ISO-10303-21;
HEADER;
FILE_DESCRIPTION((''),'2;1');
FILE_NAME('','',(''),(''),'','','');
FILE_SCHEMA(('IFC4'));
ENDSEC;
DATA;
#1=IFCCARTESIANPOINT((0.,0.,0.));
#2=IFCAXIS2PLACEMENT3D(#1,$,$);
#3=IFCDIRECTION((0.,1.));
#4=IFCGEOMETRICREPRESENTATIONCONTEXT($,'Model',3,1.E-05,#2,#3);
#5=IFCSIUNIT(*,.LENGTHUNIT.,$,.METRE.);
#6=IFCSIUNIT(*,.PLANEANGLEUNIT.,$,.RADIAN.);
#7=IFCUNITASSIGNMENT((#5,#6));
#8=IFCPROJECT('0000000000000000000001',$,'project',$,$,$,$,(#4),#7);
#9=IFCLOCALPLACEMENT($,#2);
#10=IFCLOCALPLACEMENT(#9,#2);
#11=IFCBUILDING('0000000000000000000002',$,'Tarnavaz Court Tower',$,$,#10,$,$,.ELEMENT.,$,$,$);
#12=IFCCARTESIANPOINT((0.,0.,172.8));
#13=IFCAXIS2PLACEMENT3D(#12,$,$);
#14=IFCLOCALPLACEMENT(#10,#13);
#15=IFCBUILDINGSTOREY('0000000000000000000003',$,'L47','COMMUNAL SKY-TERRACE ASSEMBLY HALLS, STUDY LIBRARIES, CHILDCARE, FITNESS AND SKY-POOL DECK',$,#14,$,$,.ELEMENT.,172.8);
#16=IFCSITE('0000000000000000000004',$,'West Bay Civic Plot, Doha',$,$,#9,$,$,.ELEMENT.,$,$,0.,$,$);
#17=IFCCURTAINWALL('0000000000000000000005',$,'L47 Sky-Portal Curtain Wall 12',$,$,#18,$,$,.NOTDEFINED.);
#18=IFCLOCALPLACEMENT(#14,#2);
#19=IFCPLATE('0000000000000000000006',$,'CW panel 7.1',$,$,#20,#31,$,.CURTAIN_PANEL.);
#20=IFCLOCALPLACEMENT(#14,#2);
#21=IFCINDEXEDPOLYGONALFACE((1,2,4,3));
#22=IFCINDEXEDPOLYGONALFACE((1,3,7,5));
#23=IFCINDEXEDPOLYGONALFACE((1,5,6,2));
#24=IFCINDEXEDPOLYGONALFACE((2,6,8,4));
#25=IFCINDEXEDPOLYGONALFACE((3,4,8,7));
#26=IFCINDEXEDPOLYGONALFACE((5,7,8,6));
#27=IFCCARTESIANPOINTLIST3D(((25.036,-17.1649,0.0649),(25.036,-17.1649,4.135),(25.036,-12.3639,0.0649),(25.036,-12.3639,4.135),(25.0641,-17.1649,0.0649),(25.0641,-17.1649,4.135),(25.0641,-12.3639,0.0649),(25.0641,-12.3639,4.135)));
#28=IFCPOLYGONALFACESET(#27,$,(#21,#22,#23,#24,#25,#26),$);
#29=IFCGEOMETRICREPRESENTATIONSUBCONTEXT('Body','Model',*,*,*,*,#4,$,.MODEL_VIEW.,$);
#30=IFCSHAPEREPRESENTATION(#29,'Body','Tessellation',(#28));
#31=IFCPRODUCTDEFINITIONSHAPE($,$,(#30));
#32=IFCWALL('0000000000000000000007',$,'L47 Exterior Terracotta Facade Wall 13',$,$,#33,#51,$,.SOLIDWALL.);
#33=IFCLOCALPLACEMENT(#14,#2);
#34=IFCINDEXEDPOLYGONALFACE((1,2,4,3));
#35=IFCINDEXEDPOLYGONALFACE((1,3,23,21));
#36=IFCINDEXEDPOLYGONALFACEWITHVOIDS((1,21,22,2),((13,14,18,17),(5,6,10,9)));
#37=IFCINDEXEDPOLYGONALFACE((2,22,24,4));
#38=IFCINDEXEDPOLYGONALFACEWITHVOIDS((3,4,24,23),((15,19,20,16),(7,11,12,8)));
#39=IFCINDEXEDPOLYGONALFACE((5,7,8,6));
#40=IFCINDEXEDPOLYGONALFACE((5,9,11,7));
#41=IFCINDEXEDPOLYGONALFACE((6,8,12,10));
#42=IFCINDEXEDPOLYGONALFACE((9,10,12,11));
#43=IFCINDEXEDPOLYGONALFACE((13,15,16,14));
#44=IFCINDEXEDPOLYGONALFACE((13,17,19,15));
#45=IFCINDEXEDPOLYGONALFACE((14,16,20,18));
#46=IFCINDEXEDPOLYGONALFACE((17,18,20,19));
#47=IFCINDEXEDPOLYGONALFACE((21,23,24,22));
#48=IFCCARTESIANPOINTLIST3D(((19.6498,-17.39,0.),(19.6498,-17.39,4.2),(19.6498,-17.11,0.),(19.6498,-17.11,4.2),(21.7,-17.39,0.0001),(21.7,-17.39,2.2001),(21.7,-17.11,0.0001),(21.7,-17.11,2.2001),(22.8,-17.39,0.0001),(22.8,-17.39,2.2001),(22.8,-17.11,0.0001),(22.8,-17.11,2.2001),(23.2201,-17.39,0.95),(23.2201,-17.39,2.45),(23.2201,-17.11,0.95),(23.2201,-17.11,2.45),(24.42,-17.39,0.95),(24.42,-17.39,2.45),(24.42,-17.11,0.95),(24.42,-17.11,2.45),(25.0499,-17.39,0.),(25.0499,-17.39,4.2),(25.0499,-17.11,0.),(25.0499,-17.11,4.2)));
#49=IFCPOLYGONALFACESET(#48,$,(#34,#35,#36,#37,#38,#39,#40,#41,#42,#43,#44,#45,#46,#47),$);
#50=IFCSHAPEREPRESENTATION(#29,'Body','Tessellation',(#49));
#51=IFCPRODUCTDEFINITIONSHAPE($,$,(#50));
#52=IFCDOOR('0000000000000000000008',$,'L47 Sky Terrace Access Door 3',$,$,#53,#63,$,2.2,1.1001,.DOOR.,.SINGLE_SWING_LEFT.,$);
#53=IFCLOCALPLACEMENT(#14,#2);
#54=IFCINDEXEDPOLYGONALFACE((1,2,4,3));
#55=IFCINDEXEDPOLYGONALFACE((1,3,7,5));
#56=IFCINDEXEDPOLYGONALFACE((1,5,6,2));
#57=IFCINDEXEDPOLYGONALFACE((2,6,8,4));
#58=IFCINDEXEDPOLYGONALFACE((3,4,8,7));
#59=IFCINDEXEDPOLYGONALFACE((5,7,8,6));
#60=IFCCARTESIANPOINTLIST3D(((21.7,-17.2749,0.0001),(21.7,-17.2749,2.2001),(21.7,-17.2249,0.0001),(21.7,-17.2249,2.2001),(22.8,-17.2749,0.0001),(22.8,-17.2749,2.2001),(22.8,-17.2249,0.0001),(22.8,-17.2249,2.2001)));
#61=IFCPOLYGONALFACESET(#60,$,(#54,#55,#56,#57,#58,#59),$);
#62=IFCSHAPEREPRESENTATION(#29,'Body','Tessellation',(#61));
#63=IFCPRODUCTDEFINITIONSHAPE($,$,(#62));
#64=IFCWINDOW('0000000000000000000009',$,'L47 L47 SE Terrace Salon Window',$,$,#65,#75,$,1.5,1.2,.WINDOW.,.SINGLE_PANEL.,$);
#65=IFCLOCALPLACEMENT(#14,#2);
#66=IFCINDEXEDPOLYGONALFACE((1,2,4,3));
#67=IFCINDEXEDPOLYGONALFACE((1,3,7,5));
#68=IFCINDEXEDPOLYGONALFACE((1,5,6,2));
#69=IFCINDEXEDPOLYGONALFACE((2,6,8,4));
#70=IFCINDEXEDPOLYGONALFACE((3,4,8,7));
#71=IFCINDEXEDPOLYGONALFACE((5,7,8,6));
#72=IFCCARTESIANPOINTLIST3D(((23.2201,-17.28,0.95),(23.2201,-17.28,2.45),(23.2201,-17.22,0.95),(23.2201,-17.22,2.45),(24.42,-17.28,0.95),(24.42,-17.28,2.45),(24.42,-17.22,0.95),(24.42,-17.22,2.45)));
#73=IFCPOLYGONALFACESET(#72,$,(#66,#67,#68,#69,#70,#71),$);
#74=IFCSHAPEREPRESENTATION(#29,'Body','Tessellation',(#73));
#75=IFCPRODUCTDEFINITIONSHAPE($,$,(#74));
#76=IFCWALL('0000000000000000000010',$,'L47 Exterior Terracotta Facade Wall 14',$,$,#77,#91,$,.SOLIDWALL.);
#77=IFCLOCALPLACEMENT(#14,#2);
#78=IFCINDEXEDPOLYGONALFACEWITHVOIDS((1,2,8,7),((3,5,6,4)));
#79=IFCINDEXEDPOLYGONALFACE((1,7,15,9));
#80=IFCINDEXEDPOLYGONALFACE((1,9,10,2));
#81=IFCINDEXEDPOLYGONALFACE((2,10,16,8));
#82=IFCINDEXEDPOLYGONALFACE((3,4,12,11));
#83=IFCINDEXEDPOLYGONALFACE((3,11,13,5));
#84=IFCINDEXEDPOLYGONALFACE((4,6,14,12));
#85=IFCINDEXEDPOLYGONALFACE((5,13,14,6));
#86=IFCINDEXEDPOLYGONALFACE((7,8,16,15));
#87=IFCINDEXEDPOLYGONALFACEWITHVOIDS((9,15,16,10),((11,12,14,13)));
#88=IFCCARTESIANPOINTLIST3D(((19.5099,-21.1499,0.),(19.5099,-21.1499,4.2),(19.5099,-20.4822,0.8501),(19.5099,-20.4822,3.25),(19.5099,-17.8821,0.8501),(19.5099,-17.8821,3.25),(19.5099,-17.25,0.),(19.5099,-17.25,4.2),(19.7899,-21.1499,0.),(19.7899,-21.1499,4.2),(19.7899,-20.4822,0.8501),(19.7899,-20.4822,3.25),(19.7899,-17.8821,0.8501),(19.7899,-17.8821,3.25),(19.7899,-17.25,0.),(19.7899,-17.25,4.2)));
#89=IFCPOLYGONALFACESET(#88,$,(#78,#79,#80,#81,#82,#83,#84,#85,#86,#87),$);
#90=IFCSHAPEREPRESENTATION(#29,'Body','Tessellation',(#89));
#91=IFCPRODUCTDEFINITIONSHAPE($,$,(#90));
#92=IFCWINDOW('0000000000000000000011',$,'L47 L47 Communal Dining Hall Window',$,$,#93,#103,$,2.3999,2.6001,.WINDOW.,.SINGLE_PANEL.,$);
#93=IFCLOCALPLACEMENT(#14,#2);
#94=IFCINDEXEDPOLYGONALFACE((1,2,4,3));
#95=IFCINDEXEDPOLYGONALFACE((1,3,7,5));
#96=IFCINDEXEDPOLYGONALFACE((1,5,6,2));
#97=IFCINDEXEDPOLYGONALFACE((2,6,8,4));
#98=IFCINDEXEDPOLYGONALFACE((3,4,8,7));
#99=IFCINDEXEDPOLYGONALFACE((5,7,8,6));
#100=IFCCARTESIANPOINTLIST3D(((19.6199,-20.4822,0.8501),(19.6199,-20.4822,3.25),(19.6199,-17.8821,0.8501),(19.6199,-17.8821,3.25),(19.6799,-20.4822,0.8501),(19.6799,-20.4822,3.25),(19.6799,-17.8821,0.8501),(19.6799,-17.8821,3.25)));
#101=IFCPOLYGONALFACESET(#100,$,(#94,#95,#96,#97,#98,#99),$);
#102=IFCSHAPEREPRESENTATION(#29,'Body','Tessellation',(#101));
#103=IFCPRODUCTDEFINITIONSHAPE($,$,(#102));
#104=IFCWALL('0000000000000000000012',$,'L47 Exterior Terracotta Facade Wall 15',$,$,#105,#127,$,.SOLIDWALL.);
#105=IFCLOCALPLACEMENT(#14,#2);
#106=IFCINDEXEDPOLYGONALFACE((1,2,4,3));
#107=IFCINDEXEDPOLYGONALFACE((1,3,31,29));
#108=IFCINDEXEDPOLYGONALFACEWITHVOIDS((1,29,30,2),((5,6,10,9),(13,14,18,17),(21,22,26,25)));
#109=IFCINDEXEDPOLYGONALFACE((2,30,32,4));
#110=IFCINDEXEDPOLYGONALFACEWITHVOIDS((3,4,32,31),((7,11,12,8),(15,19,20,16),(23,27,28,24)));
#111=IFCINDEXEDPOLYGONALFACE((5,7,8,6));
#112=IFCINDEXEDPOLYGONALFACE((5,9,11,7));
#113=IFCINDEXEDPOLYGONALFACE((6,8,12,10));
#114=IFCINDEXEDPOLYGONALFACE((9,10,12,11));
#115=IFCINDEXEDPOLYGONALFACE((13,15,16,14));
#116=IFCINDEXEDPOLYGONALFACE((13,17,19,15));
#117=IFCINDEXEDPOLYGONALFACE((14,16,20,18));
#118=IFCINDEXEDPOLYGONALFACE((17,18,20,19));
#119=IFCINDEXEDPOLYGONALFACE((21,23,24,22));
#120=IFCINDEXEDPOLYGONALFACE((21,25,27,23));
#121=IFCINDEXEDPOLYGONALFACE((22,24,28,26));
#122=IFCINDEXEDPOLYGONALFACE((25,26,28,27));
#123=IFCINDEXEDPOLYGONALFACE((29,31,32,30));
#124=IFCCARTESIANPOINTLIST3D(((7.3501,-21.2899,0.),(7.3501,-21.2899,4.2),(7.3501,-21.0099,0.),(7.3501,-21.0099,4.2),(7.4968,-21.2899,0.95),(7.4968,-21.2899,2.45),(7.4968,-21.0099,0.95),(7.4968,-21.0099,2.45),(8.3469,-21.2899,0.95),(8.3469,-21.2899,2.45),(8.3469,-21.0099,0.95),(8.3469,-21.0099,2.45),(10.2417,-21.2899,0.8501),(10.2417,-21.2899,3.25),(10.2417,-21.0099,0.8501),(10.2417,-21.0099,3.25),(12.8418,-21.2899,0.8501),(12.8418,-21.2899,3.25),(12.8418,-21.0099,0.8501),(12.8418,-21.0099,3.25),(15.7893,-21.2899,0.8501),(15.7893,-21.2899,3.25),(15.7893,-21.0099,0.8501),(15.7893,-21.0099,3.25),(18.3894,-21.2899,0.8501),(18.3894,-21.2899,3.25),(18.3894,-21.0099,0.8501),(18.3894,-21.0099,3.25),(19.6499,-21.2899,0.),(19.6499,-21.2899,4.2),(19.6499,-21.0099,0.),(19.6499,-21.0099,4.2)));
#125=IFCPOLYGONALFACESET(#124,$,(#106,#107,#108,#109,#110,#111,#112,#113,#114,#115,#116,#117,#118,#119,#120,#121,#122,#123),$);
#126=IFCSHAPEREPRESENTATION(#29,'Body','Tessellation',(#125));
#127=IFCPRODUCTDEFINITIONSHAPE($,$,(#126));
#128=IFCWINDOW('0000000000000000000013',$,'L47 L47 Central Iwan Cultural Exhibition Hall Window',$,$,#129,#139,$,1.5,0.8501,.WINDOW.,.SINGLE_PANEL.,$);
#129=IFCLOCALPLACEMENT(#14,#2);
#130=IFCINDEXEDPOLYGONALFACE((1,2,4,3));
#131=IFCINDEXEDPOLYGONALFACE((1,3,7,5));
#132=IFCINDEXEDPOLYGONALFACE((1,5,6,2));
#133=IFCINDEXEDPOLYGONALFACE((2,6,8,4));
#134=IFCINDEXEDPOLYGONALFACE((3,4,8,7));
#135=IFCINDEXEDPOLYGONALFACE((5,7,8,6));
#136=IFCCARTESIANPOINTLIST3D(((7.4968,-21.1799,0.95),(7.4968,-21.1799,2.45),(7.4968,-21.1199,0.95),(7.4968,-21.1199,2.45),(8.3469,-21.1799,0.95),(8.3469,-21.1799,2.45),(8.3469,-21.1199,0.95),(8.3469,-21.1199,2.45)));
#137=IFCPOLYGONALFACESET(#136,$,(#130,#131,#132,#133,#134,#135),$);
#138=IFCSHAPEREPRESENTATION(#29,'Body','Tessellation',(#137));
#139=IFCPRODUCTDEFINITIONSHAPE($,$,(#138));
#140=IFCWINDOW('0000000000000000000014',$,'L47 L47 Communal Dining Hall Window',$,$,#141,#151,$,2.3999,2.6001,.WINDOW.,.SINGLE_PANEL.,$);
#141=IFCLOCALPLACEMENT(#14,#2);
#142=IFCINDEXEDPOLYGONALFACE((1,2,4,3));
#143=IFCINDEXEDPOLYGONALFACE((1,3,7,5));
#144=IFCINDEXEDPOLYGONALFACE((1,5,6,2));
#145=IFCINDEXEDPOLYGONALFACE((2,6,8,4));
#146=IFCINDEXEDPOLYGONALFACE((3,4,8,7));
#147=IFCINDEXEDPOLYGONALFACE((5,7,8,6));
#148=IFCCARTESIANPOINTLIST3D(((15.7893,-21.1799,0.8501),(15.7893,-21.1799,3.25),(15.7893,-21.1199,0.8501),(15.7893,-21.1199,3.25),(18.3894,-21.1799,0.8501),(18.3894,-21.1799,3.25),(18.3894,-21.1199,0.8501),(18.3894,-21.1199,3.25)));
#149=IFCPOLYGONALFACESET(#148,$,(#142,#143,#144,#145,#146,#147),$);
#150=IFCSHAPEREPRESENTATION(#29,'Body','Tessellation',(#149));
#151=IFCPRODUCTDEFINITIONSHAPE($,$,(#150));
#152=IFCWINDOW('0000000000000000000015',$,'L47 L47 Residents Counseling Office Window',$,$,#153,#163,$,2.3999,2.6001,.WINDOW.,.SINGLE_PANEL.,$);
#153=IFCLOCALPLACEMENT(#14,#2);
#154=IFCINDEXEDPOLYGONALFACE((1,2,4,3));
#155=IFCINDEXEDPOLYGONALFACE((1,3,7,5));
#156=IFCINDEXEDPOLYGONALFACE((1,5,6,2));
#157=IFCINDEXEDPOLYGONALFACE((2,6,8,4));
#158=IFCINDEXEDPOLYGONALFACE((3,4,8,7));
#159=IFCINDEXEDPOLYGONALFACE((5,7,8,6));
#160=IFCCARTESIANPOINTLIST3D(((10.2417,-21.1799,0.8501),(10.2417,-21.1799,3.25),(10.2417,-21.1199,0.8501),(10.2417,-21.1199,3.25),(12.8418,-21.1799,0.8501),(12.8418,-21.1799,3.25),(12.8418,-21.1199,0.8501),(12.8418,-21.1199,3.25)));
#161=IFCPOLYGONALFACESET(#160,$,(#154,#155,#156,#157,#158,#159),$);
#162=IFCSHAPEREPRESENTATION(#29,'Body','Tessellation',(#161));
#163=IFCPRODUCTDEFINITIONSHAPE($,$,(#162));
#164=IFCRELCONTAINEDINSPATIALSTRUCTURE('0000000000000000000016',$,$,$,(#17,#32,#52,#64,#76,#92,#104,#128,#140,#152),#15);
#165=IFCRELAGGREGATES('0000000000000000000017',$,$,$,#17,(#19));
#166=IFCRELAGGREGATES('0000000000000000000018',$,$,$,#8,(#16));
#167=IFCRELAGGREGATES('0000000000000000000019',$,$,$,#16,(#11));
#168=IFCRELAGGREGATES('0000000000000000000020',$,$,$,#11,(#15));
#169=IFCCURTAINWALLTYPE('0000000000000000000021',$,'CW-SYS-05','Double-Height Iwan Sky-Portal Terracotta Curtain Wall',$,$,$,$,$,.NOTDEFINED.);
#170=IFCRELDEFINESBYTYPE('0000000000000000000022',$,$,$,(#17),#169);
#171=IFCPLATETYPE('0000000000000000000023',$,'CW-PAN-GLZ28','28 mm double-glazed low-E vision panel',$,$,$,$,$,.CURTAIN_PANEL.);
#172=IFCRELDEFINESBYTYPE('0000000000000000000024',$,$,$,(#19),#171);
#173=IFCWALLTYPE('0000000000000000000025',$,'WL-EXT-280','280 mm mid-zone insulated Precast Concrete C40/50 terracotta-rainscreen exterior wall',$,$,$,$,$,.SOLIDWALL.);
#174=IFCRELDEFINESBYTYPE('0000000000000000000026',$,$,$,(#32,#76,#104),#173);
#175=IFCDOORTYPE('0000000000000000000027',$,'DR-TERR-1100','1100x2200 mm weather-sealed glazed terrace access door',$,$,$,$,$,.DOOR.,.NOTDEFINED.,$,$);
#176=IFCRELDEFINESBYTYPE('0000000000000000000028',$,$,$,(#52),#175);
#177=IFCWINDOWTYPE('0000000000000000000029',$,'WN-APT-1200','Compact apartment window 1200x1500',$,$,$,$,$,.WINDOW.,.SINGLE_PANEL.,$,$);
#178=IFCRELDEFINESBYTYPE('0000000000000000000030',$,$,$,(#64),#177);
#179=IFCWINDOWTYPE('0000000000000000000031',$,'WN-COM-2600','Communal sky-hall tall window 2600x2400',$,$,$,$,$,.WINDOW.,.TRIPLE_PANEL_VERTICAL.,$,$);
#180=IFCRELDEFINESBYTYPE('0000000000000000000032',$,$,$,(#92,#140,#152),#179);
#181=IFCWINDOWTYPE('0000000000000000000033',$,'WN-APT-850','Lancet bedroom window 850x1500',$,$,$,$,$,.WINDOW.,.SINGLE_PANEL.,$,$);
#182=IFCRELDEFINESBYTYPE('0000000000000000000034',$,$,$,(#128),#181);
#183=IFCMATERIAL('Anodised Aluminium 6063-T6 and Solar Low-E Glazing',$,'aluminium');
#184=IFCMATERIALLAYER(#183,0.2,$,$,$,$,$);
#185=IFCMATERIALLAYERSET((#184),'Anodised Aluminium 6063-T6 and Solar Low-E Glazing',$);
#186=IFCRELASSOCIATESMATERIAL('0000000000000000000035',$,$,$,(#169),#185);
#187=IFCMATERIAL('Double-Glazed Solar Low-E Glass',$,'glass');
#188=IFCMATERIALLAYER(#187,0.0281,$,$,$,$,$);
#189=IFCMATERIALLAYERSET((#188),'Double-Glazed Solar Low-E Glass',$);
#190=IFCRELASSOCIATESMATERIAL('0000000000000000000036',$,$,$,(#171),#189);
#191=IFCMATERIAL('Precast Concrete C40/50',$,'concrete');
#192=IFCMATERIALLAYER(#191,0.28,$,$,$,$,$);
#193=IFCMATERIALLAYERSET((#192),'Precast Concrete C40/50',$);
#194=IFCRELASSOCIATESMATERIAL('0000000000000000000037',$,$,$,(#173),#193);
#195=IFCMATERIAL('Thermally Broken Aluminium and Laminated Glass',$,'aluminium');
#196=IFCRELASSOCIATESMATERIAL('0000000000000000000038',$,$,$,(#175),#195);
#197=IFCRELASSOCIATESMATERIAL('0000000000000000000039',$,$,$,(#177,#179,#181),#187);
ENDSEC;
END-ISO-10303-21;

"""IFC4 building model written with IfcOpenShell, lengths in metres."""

from ifc_helpers import new_model, si_unit, direction, frame, frame_2d, origin, origin_2d, place, context, subcontext, project, spatial, rectangle, extrude, material, layer, layer_set, type_object, element, fill, aggregate, save


model = new_model("IFC4")

# Units and contexts
model_context = context("Model", 3, precision=1e-05, world=origin(), true_north=direction((0.0, 1.0)))
body_context = subcontext(model_context, "Body", "Model", "MODEL_VIEW")
ifc_project = project(units=[si_unit("LENGTHUNIT", "METRE"), si_unit("PLANEANGLEUNIT", "RADIAN")], contexts=[model_context])

# Site, building, storey
site_placement = place(None, origin())
site = spatial("IfcSite", under=ifc_project, at=site_placement, Name="West Bay Civic Plot, Doha", CompositionType="ELEMENT", RefElevation=0.0)
building_placement = place(site_placement, origin())
building = spatial("IfcBuilding", under=site, at=building_placement, Name="Tarnavaz Court Tower", CompositionType="ELEMENT")
storey_placement = place(building_placement, frame((0.0, 0.0, 172.8)))
storey = spatial("IfcBuildingStorey", under=building, at=storey_placement, Name="L47", Description="COMMUNAL SKY-TERRACE ASSEMBLY HALLS, STUDY LIBRARIES, CHILDCARE, FITNESS AND SKY-POOL DECK", CompositionType="ELEMENT", Elevation=172.8)

# Curtain wall, plate
ifc_material_1 = material(Name="Anodised Aluminium 6063-T6 and Solar Low-E Glazing", Category="aluminium")
ifc_layer_1 = layer(ifc_material_1, 0.2)
ifc_layer_set_1 = layer_set([ifc_layer_1], Name="Anodised Aluminium 6063-T6 and Solar Low-E Glazing")
curtain_wall_type = type_object("IfcCurtainWallType", Name="CW-SYS-05", Description="Double-Height Iwan Sky-Portal Terracotta Curtain Wall", PredefinedType="NOTDEFINED", material=ifc_layer_set_1)
curtain_wall_placement = place(storey_placement, origin())
curtain_wall = element("IfcCurtainWall", 1, at=curtain_wall_placement, inside=storey, type_object=curtain_wall_type, Name="L47 Sky-Portal Curtain Wall 12", PredefinedType="NOTDEFINED")
ifc_material_2 = material(Name="Double-Glazed Solar Low-E Glass", Category="glass")
ifc_layer_2 = layer(ifc_material_2, 0.0281)
ifc_layer_set_2 = layer_set([ifc_layer_2], Name="Double-Glazed Solar Low-E Glass")
plate_type = type_object("IfcPlateType", Name="CW-PAN-GLZ28", Description="28 mm double-glazed low-E vision panel", PredefinedType="CURTAIN_PANEL", material=ifc_layer_set_2)
plate_placement = place(storey_placement, frame((25.05, -14.7644, 0.0649), z_axis=(0.0, 0.0, 1.0), x_axis=(0.0, -1.0, 0.0)))
plate = element("IfcPlate", 2, at=plate_placement, type_object=plate_type, Name="CW panel 7.1", PredefinedType="CURTAIN_PANEL", context=body_context, shape_type="SweptSolid", body=[
    extrude(rectangle(XDim=4.801, YDim=0.0281, at=origin_2d()), origin(), (0.0, 0.0, 1.0), 4.0701),
])
aggregate(curtain_wall, [plate])

# Wall, openings, door, window
ifc_material_3 = material(Name="Precast Concrete C40/50", Category="concrete")
ifc_layer_3 = layer(ifc_material_3, 0.28)
ifc_layer_set_3 = layer_set([ifc_layer_3], Name="Precast Concrete C40/50")
wall_type_1 = type_object("IfcWallType", Name="WL-EXT-280", Description="280 mm mid-zone insulated Precast Concrete C40/50 terracotta-rainscreen exterior wall", PredefinedType="SOLIDWALL", material=ifc_layer_set_3)
wall_1_placement = place(storey_placement, frame((25.05, -17.25, 0.0), z_axis=(0.0, 0.0, 1.0), x_axis=(-1.0, 0.0, 0.0)))
wall_1 = element("IfcWall", 3, at=wall_1_placement, inside=storey, type_object=wall_type_1, Name="L47 Exterior Terracotta Facade Wall 13", PredefinedType="SOLIDWALL", context=body_context, shape_type="SweptSolid", body=[
    extrude(rectangle(XDim=5.4001, YDim=0.28, at=frame_2d((2.7002, 0.0))), origin(), (0.0, 0.0, 1.0), 4.2),
])
opening_1_placement = place(wall_1_placement, frame((2.25, 0.0, 0.0)))
opening_1 = element("IfcOpeningElement", 4, at=opening_1_placement, cuts=wall_1, PredefinedType="OPENING", context=body_context, shape_type="SweptSolid", body=[
    extrude(rectangle(XDim=1.1001, YDim=2.2, at=frame_2d((0.55, 1.1001))), frame((0.0, 0.1499, 0.0), z_axis=(0.0, -1.0, 0.0), x_axis=(1.0, 0.0, 0.0)), (0.0, 0.0, 1.0), 0.3),
])
opening_2_placement = place(wall_1_placement, frame((0.6299, 0.0, 0.95)))
opening_2 = element("IfcOpeningElement", 5, at=opening_2_placement, cuts=wall_1, PredefinedType="OPENING", context=body_context, shape_type="SweptSolid", body=[
    extrude(rectangle(XDim=1.2, YDim=1.5, at=frame_2d((0.6001, 0.75))), frame((0.0, 0.1499, 0.0), z_axis=(0.0, -1.0, 0.0), x_axis=(1.0, 0.0, 0.0)), (0.0, 0.0, 1.0), 0.3),
])
ifc_material_4 = material(Name="Thermally Broken Aluminium and Laminated Glass", Category="aluminium")
door_type = type_object("IfcDoorType", Name="DR-TERR-1100", Description="1100x2200 mm weather-sealed glazed terrace access door", OperationType="NOTDEFINED", PredefinedType="DOOR", material=ifc_material_4)
door_placement = place(opening_1_placement, origin())
door = element("IfcDoor", 6, at=door_placement, inside=storey, type_object=door_type, Name="L47 Sky Terrace Access Door 3", OperationType="SINGLE_SWING_LEFT", OverallHeight=2.2, OverallWidth=1.1001, PredefinedType="DOOR", context=body_context, shape_type="SweptSolid", body=[
    extrude(rectangle(XDim=1.1001, YDim=2.2, at=frame_2d((0.55, 1.1001))), frame((0.0, 0.0249, 0.0), z_axis=(0.0, -1.0, 0.0), x_axis=(1.0, 0.0, 0.0)), (0.0, 0.0, 1.0), 0.05),
])
fill(opening_1, door)
window_type_1 = type_object("IfcWindowType", Name="WN-APT-1200", Description="Compact apartment window 1200x1500", PartitioningType="SINGLE_PANEL", PredefinedType="WINDOW", material=ifc_material_2)
window_1_placement = place(opening_2_placement, origin())
window_1 = element("IfcWindow", 7, at=window_1_placement, inside=storey, type_object=window_type_1, Name="L47 L47 SE Terrace Salon Window", OverallHeight=1.5, OverallWidth=1.2, PartitioningType="SINGLE_PANEL", PredefinedType="WINDOW", context=body_context, shape_type="SweptSolid", body=[
    extrude(rectangle(XDim=1.2, YDim=1.5, at=frame_2d((0.6001, 0.75))), frame((0.0, 0.03, 0.0), z_axis=(0.0, -1.0, 0.0), x_axis=(1.0, 0.0, 0.0)), (0.0, 0.0, 1.0), 0.0601),
])
fill(opening_2, window_1)

# Wall, opening, window
wall_2_placement = place(storey_placement, frame((19.6499, -17.25, 0.0), z_axis=(0.0, 0.0, 1.0), x_axis=(0.0, -1.0, 0.0)))
wall_2 = element("IfcWall", 8, at=wall_2_placement, inside=storey, type_object=wall_type_1, Name="L47 Exterior Terracotta Facade Wall 14", PredefinedType="SOLIDWALL", context=body_context, shape_type="SweptSolid", body=[
    extrude(rectangle(XDim=3.8999, YDim=0.28, at=frame_2d((1.95, 0.0))), origin(), (0.0, 0.0, 1.0), 4.2),
])
opening_3_placement = place(wall_2_placement, frame((0.6321, 0.0, 0.8501)))
opening_3 = element("IfcOpeningElement", 9, at=opening_3_placement, cuts=wall_2, PredefinedType="OPENING", context=body_context, shape_type="SweptSolid", body=[
    extrude(rectangle(XDim=2.6001, YDim=2.3999, at=frame_2d((1.3, 1.2))), frame((0.0, 0.1499, 0.0), z_axis=(0.0, -1.0, 0.0), x_axis=(1.0, 0.0, 0.0)), (0.0, 0.0, 1.0), 0.3),
])
window_type_2 = type_object("IfcWindowType", Name="WN-COM-2600", Description="Communal sky-hall tall window 2600x2400", PartitioningType="TRIPLE_PANEL_VERTICAL", PredefinedType="WINDOW", material=ifc_material_2)
window_2_placement = place(opening_3_placement, origin())
window_2 = element("IfcWindow", 10, at=window_2_placement, inside=storey, type_object=window_type_2, Name="L47 L47 Communal Dining Hall Window", OverallHeight=2.3999, OverallWidth=2.6001, PartitioningType="SINGLE_PANEL", PredefinedType="WINDOW", context=body_context, shape_type="SweptSolid", body=[
    extrude(rectangle(XDim=2.6001, YDim=2.3999, at=frame_2d((1.3, 1.2))), frame((0.0, 0.03, 0.0), z_axis=(0.0, -1.0, 0.0), x_axis=(1.0, 0.0, 0.0)), (0.0, 0.0, 1.0), 0.0601),
])
fill(opening_3, window_2)

# Wall, openings, windows
wall_3_placement = place(storey_placement, frame((19.6499, -21.1499, 0.0), z_axis=(0.0, 0.0, 1.0), x_axis=(-1.0, 0.0, 0.0)))
wall_3 = element("IfcWall", 11, at=wall_3_placement, inside=storey, type_object=wall_type_1, Name="L47 Exterior Terracotta Facade Wall 15", PredefinedType="SOLIDWALL", context=body_context, shape_type="SweptSolid", body=[
    extrude(rectangle(XDim=12.2998, YDim=0.28, at=frame_2d((6.1499, 0.0))), origin(), (0.0, 0.0, 1.0), 4.2),
])
opening_4_placement = place(wall_3_placement, frame((1.2605, 0.0, 0.8501)))
opening_4 = element("IfcOpeningElement", 12, at=opening_4_placement, cuts=wall_3, PredefinedType="OPENING", context=body_context, shape_type="SweptSolid", body=[
    extrude(rectangle(XDim=2.6001, YDim=2.3999, at=frame_2d((1.3, 1.2))), frame((0.0, 0.1499, 0.0), z_axis=(0.0, -1.0, 0.0), x_axis=(1.0, 0.0, 0.0)), (0.0, 0.0, 1.0), 0.3),
])
opening_5_placement = place(wall_3_placement, frame((6.8081, 0.0, 0.8501)))
opening_5 = element("IfcOpeningElement", 13, at=opening_5_placement, cuts=wall_3, PredefinedType="OPENING", context=body_context, shape_type="SweptSolid", body=[
    extrude(rectangle(XDim=2.6001, YDim=2.3999, at=frame_2d((1.3, 1.2))), frame((0.0, 0.1499, 0.0), z_axis=(0.0, -1.0, 0.0), x_axis=(1.0, 0.0, 0.0)), (0.0, 0.0, 1.0), 0.3),
])
opening_6_placement = place(wall_3_placement, frame((11.303, 0.0, 0.95)))
opening_6 = element("IfcOpeningElement", 14, at=opening_6_placement, cuts=wall_3, PredefinedType="OPENING", context=body_context, shape_type="SweptSolid", body=[
    extrude(rectangle(XDim=0.8501, YDim=1.5, at=frame_2d((0.425, 0.75))), frame((0.0, 0.1499, 0.0), z_axis=(0.0, -1.0, 0.0), x_axis=(1.0, 0.0, 0.0)), (0.0, 0.0, 1.0), 0.3),
])
window_type_3 = type_object("IfcWindowType", Name="WN-APT-850", Description="Lancet bedroom window 850x1500", PartitioningType="SINGLE_PANEL", PredefinedType="WINDOW", material=ifc_material_2)
window_3_placement = place(opening_6_placement, origin())
window_3 = element("IfcWindow", 15, at=window_3_placement, inside=storey, type_object=window_type_3, Name="L47 L47 Central Iwan Cultural Exhibition Hall Window", OverallHeight=1.5, OverallWidth=0.8501, PartitioningType="SINGLE_PANEL", PredefinedType="WINDOW", context=body_context, shape_type="SweptSolid", body=[
    extrude(rectangle(XDim=0.8501, YDim=1.5, at=frame_2d((0.425, 0.75))), frame((0.0, 0.03, 0.0), z_axis=(0.0, -1.0, 0.0), x_axis=(1.0, 0.0, 0.0)), (0.0, 0.0, 1.0), 0.0601),
])
fill(opening_6, window_3)
window_4_placement = place(opening_4_placement, origin())
window_4 = element("IfcWindow", 16, at=window_4_placement, inside=storey, type_object=window_type_2, Name="L47 L47 Communal Dining Hall Window", OverallHeight=2.3999, OverallWidth=2.6001, PartitioningType="SINGLE_PANEL", PredefinedType="WINDOW", context=body_context, shape_type="SweptSolid", body=[
    extrude(rectangle(XDim=2.6001, YDim=2.3999, at=frame_2d((1.3, 1.2))), frame((0.0, 0.03, 0.0), z_axis=(0.0, -1.0, 0.0), x_axis=(1.0, 0.0, 0.0)), (0.0, 0.0, 1.0), 0.0601),
])
fill(opening_4, window_4)
window_5_placement = place(opening_5_placement, origin())
window_5 = element("IfcWindow", 17, at=window_5_placement, inside=storey, type_object=window_type_2, Name="L47 L47 Residents Counseling Office Window", OverallHeight=2.3999, OverallWidth=2.6001, PartitioningType="SINGLE_PANEL", PredefinedType="WINDOW", context=body_context, shape_type="SweptSolid", body=[
    extrude(rectangle(XDim=2.6001, YDim=2.3999, at=frame_2d((1.3, 1.2))), frame((0.0, 0.03, 0.0), z_axis=(0.0, -1.0, 0.0), x_axis=(1.0, 0.0, 0.0)), (0.0, 0.0, 1.0), 0.0601),
])
fill(opening_5, window_5)

save(model, "model.ifc")
